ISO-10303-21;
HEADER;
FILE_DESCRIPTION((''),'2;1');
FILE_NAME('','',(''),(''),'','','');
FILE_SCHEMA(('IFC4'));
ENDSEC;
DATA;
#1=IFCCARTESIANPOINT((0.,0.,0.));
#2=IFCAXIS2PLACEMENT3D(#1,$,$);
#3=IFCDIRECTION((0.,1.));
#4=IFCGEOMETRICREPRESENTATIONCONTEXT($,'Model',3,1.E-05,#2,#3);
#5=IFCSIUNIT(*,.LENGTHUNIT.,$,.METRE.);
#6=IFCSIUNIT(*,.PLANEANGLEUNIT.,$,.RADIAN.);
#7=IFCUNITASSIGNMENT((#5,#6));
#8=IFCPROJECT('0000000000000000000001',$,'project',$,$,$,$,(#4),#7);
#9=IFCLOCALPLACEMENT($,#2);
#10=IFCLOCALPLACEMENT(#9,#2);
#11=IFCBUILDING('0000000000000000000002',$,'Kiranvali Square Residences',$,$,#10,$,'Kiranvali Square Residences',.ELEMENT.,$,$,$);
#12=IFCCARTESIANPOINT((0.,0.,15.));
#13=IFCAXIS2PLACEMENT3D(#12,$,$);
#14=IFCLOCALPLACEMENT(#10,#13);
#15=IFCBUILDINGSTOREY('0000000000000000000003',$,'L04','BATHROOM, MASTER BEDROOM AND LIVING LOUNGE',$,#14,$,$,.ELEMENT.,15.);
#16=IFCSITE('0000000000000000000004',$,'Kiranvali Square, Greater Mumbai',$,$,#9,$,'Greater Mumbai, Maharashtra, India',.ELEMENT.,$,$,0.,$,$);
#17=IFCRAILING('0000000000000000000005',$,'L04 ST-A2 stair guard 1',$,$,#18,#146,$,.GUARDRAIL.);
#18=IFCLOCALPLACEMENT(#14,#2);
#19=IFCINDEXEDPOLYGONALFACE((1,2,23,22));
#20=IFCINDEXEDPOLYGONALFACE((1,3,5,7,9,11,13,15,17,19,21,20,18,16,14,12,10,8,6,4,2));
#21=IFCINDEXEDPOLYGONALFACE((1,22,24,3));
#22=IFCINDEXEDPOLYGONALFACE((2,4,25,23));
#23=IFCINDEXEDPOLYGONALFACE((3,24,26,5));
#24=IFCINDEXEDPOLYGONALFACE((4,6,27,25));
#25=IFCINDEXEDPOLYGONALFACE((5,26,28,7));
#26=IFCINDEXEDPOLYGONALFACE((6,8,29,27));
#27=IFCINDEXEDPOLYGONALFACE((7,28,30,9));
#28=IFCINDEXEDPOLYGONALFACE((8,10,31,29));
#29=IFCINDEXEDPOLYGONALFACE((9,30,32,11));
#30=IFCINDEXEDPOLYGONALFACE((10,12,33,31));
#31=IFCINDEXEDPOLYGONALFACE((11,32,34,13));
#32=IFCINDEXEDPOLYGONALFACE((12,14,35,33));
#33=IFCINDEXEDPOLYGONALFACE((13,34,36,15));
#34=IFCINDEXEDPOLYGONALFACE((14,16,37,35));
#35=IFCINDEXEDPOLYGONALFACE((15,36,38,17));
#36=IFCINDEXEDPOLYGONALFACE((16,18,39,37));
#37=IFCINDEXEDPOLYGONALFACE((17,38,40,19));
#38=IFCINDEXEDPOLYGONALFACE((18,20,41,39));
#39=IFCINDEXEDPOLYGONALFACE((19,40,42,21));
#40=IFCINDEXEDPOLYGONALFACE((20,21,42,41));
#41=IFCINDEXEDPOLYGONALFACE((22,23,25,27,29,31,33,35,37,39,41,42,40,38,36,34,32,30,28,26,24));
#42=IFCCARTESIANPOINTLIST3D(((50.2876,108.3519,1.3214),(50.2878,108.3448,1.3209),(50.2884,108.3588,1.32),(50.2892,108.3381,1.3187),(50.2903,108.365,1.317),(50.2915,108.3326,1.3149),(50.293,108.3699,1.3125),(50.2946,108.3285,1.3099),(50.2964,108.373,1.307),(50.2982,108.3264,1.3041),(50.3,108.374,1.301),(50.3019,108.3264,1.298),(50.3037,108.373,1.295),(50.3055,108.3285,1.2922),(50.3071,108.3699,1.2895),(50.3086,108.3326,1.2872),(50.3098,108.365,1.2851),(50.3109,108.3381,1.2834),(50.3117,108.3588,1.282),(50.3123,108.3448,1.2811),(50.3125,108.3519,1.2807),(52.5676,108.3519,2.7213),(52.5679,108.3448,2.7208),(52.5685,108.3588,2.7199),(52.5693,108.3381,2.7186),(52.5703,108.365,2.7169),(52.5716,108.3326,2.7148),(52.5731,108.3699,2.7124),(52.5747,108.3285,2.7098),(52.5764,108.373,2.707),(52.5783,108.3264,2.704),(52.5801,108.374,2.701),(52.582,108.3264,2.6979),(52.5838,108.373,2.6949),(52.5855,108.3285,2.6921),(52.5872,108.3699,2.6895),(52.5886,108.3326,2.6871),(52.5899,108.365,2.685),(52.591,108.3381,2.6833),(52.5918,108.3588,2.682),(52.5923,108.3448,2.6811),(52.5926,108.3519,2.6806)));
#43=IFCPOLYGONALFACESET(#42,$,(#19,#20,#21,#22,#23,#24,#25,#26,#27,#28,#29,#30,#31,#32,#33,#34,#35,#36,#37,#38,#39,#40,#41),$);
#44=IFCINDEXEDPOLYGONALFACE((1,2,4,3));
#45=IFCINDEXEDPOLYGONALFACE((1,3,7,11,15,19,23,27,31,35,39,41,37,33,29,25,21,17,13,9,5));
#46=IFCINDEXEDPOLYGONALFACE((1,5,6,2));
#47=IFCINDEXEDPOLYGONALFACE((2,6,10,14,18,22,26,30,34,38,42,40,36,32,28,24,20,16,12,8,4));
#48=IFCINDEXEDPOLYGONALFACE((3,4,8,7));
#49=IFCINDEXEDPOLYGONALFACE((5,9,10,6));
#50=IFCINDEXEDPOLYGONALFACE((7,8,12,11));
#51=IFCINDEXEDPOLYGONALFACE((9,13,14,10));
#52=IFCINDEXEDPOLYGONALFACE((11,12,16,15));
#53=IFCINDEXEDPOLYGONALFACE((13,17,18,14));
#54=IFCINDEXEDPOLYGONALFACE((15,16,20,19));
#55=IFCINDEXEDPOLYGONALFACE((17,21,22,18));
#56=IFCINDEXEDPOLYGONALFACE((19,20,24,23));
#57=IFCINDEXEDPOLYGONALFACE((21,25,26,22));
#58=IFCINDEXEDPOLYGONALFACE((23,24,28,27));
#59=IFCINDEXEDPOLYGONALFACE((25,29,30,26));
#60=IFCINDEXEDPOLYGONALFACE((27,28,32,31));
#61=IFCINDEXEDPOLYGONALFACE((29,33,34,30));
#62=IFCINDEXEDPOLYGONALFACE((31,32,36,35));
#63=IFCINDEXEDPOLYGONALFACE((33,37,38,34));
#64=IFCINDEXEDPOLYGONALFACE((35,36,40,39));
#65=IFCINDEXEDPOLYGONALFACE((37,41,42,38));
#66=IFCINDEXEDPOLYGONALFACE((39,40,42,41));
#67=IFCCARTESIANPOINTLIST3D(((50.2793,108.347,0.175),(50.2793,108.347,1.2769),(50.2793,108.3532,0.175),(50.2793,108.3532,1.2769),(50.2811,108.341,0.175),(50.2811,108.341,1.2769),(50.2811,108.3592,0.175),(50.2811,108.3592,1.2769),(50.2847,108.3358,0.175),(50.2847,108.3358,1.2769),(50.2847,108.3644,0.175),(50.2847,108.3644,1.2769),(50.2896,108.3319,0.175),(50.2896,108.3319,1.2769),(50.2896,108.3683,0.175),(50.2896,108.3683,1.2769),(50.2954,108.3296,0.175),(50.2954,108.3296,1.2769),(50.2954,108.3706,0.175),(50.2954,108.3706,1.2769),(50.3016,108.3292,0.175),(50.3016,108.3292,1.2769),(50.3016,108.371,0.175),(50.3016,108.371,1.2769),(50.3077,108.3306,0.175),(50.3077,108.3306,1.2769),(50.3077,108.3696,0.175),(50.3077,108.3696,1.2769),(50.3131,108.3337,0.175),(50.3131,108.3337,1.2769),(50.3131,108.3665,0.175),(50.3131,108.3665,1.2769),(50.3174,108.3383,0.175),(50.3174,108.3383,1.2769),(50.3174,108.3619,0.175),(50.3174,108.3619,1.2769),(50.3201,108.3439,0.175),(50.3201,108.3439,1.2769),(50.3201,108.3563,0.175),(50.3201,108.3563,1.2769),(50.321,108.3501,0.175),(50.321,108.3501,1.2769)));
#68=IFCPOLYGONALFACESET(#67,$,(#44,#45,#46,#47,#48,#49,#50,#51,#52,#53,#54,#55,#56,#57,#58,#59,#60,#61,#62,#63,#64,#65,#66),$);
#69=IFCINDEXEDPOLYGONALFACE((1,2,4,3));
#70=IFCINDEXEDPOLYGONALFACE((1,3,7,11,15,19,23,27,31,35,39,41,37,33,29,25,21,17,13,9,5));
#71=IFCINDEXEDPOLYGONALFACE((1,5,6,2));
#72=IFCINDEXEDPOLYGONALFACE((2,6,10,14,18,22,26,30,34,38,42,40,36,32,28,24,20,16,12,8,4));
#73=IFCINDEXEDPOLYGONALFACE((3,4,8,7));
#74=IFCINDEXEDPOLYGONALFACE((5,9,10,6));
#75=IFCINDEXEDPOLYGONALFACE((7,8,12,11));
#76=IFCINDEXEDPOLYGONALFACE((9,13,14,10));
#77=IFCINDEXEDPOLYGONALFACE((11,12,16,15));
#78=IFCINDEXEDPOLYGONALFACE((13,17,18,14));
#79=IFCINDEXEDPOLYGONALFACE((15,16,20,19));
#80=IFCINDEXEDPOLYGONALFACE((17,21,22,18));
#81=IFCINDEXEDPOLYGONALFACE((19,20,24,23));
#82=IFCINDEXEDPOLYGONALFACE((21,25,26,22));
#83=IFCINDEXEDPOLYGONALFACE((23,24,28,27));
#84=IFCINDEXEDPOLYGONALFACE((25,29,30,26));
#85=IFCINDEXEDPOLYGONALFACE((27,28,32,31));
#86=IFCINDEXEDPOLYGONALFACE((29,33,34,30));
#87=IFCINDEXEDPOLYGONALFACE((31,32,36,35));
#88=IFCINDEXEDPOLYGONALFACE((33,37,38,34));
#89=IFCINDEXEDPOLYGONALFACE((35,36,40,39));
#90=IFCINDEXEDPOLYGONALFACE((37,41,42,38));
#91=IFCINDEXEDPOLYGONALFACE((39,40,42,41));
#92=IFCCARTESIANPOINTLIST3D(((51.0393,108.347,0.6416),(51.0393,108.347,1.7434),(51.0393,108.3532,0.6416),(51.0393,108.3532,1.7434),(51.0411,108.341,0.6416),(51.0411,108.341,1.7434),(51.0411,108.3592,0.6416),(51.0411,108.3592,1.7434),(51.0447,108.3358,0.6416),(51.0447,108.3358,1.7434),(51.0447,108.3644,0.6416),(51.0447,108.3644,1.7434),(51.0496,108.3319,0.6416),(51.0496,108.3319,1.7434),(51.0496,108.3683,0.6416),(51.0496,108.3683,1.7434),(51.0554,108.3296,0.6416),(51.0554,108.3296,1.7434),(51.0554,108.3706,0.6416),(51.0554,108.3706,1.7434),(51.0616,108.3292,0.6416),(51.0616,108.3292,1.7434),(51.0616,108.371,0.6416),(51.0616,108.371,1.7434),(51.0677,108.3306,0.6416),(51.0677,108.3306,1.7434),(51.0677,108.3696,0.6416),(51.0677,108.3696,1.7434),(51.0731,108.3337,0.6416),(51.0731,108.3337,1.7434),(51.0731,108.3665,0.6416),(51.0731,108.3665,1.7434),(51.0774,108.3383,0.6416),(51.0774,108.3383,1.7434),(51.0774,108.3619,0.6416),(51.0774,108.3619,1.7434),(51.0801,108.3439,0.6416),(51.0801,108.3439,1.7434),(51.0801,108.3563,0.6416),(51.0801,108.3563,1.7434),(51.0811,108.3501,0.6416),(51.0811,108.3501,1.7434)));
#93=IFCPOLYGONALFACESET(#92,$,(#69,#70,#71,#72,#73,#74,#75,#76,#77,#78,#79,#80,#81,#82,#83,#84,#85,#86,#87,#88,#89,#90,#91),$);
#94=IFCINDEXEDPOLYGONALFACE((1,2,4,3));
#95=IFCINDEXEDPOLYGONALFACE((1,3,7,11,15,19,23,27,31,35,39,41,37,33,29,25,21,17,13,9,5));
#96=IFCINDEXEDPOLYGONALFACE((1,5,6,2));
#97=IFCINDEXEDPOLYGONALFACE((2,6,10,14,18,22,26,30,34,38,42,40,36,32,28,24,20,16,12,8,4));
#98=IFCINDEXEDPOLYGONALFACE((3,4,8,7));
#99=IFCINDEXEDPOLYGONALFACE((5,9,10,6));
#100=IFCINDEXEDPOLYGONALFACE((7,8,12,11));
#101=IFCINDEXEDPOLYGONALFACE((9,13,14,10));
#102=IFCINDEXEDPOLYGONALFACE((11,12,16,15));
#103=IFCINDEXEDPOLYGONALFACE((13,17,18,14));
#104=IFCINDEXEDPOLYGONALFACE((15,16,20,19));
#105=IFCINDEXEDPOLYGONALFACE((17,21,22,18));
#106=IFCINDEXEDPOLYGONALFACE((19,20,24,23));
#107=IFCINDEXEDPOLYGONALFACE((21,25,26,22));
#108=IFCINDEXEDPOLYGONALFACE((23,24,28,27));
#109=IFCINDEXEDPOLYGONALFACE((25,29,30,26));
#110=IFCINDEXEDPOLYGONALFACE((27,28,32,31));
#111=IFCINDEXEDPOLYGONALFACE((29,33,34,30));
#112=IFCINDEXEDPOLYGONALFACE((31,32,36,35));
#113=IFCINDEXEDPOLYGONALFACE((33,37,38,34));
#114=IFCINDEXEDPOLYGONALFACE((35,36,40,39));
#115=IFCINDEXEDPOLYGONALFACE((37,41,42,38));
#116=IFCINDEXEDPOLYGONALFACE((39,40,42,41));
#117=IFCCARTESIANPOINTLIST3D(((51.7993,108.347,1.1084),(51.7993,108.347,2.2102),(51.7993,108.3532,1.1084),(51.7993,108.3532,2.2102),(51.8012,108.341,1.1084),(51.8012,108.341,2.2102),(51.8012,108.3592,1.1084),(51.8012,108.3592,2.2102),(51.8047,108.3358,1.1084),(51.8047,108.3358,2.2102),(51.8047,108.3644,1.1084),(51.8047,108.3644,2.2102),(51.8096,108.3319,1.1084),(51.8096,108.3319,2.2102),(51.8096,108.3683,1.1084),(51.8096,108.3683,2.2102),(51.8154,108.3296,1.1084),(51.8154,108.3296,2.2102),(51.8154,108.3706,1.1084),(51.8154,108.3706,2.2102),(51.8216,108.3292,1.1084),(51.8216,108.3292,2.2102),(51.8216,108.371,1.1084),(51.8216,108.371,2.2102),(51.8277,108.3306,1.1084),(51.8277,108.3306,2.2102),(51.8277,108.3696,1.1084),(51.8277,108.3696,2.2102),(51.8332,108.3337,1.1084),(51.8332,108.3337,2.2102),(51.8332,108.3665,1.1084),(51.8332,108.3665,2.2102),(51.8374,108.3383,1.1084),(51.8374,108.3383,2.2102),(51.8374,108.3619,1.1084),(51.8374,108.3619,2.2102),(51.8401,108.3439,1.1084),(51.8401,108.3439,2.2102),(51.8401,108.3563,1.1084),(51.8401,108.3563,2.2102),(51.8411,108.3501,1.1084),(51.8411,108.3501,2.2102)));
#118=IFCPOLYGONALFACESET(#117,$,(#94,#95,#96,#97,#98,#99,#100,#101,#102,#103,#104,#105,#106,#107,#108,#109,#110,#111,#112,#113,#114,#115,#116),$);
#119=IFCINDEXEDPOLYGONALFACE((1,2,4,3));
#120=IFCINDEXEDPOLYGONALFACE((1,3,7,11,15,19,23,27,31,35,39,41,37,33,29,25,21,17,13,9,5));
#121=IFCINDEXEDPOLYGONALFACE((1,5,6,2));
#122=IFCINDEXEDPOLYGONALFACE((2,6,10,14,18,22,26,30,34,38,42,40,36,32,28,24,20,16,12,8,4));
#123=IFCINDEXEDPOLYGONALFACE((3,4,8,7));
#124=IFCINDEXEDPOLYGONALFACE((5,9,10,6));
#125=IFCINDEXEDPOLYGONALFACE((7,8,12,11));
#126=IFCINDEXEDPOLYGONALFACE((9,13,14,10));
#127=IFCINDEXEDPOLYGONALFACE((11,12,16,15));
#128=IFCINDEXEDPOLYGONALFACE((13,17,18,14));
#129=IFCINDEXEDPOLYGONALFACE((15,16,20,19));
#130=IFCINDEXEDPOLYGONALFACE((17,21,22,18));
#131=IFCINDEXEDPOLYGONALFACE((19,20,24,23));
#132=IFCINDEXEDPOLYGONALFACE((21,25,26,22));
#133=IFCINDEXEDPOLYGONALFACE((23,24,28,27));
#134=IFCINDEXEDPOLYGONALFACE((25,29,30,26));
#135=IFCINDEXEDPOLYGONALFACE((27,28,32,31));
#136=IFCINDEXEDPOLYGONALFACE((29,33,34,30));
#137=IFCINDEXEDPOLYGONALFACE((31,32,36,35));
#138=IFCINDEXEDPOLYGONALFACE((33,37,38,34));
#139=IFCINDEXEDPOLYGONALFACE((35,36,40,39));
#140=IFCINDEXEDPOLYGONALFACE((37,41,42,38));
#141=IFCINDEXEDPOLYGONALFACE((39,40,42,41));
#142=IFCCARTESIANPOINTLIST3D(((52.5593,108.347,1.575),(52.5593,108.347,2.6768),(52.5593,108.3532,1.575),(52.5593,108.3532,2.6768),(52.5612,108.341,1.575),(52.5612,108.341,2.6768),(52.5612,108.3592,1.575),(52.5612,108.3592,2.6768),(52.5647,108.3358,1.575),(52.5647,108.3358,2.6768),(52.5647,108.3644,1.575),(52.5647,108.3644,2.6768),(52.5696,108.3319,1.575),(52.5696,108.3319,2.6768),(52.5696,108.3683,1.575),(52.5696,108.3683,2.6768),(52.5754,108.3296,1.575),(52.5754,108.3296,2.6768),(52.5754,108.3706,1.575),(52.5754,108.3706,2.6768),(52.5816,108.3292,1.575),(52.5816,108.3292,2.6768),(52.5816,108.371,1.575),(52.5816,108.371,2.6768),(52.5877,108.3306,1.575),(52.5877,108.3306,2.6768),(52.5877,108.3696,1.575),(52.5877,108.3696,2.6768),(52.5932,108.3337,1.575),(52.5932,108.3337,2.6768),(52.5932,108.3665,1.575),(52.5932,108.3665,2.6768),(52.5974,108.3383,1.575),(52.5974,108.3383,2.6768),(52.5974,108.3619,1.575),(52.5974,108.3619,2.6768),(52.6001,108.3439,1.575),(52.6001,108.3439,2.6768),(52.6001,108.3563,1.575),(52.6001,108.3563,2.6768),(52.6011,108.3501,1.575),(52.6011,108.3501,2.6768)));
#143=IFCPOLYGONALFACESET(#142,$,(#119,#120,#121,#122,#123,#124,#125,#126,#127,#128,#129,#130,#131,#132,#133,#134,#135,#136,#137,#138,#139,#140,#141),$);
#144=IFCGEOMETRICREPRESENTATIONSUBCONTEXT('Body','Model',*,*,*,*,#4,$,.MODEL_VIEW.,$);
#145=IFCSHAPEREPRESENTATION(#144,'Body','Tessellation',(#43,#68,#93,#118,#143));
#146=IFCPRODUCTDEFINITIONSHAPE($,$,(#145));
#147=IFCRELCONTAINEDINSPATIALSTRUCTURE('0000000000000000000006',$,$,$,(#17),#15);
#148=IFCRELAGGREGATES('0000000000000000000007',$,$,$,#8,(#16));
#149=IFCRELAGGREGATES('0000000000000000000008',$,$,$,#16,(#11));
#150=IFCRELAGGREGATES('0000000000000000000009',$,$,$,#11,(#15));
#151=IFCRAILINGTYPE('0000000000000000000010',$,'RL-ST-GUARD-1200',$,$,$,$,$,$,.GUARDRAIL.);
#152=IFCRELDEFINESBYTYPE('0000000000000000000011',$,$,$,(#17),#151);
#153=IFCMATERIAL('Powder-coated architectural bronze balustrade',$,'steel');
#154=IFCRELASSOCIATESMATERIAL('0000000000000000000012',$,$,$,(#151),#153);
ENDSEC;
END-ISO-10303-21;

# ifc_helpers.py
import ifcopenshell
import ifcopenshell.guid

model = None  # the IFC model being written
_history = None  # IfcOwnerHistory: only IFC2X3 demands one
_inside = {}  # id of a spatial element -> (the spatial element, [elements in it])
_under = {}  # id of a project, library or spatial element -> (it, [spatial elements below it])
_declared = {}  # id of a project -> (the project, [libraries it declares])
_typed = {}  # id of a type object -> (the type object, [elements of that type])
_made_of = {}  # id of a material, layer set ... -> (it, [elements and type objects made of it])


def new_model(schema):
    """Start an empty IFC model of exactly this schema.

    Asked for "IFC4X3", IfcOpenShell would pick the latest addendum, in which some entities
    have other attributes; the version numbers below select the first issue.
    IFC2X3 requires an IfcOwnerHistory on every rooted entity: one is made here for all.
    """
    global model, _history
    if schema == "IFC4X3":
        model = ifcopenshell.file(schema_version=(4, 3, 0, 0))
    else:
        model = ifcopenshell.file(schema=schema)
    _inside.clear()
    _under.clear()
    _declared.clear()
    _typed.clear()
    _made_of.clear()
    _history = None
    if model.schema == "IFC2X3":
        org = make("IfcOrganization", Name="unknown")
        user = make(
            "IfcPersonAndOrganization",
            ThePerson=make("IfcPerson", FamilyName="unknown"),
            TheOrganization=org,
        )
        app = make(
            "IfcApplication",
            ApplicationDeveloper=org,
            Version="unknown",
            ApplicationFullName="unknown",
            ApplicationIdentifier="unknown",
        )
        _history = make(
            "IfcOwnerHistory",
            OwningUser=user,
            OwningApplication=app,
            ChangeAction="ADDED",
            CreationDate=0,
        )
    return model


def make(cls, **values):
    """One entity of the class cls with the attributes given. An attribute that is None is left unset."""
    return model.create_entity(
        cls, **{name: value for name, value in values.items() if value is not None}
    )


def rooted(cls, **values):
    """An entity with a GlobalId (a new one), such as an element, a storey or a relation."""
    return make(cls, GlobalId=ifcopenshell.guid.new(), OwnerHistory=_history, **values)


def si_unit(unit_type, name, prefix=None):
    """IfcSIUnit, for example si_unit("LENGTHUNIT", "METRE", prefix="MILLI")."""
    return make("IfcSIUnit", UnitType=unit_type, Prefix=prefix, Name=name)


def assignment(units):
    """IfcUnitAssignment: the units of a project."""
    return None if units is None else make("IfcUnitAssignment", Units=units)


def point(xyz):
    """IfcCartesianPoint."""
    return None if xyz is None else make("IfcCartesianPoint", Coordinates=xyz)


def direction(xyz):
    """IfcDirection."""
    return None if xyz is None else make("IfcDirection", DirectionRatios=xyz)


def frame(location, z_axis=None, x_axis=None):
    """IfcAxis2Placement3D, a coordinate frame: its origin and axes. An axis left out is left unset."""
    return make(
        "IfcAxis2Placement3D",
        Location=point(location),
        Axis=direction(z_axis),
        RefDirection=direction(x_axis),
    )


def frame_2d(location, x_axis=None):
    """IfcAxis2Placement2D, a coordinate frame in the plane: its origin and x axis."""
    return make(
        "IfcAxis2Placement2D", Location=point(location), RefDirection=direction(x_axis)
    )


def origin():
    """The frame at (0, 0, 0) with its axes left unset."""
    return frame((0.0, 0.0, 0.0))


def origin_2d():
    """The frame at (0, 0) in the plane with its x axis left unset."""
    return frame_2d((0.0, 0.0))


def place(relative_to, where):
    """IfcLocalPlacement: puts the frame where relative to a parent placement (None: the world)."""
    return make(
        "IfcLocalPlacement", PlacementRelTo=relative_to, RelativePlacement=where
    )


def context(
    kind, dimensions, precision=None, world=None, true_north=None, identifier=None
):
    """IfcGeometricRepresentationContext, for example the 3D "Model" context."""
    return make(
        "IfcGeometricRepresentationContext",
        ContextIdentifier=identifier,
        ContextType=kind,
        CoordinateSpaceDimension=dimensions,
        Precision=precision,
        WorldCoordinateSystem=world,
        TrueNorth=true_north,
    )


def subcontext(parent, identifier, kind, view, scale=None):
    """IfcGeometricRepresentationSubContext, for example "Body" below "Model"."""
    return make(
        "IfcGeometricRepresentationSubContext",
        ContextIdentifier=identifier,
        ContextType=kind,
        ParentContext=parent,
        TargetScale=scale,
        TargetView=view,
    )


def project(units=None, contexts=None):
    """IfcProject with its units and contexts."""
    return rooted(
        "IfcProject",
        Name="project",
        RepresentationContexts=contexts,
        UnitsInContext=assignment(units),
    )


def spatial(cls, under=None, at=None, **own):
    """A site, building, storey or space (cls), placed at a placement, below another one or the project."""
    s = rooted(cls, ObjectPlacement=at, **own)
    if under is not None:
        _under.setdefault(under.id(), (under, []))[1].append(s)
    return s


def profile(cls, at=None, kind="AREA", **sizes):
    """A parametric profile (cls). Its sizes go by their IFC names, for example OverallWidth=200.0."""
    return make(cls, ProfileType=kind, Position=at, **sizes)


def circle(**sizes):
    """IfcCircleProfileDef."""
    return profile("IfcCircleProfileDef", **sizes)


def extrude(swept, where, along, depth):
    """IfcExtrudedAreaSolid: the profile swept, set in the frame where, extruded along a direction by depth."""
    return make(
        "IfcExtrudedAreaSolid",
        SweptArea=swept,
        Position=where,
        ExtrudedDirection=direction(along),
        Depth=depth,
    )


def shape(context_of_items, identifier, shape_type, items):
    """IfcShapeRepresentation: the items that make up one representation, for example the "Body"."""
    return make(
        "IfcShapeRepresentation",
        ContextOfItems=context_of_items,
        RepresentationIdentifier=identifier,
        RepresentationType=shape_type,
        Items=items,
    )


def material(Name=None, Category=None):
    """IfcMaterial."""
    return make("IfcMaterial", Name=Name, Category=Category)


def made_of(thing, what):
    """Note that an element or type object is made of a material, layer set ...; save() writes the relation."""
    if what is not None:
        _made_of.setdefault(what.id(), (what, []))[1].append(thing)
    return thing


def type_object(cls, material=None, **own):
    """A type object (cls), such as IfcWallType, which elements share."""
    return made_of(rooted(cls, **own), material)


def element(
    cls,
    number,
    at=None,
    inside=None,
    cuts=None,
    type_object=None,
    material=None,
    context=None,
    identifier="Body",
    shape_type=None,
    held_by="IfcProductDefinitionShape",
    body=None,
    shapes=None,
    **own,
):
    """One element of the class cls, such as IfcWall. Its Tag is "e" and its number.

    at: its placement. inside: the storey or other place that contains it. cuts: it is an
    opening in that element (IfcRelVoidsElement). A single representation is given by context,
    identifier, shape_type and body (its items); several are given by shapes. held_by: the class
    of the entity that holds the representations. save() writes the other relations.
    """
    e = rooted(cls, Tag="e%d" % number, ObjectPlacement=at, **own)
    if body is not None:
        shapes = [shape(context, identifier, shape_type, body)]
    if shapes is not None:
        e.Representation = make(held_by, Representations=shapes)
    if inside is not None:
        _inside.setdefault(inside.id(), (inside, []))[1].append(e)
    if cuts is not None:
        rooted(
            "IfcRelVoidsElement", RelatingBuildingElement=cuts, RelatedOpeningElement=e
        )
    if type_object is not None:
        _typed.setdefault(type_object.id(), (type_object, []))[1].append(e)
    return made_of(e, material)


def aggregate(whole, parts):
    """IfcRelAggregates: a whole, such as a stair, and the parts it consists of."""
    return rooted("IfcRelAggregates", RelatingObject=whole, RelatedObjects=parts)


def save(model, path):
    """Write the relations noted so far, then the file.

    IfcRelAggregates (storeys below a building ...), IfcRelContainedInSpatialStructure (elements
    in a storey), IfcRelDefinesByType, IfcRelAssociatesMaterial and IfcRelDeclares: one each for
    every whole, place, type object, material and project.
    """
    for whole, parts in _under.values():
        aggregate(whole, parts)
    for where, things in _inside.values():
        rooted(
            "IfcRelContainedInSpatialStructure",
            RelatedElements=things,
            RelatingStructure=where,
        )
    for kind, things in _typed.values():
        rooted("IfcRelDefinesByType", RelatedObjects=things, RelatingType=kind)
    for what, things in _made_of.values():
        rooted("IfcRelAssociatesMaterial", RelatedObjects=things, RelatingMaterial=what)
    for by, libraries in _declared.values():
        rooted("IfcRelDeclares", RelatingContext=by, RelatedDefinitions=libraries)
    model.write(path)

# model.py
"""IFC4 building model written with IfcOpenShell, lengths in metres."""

from ifc_helpers import new_model, si_unit, direction, frame, origin, origin_2d, place, context, subcontext, project, spatial, circle, extrude, material, type_object, element, save


model = new_model("IFC4")

# Units and contexts
model_context = context("Model", 3, precision=1e-05, world=origin(), true_north=direction((0.0, 1.0)))
body_context = subcontext(model_context, "Body", "Model", "MODEL_VIEW")
ifc_project = project(units=[si_unit("LENGTHUNIT", "METRE"), si_unit("PLANEANGLEUNIT", "RADIAN")], contexts=[model_context])

# Site, building, storey
site_placement = place(None, origin())
site = spatial("IfcSite", under=ifc_project, at=site_placement, Name="Kiranvali Square, Greater Mumbai", LongName="Greater Mumbai, Maharashtra, India", CompositionType="ELEMENT", RefElevation=0.0)
building_placement = place(site_placement, origin())
building = spatial("IfcBuilding", under=site, at=building_placement, Name="Kiranvali Square Residences", LongName="Kiranvali Square Residences", CompositionType="ELEMENT")
storey_placement = place(building_placement, frame((0.0, 0.0, 15.0)))
storey = spatial("IfcBuildingStorey", under=building, at=storey_placement, Name="L04", Description="BATHROOM, MASTER BEDROOM AND LIVING LOUNGE", CompositionType="ELEMENT", Elevation=15.0)

# Railing
ifc_material_1 = material(Name="Powder-coated architectural bronze balustrade", Category="steel")
railing_type_1 = type_object("IfcRailingType", Name="RL-ST-GUARD-1200", PredefinedType="GUARDRAIL", material=ifc_material_1)
railing_1_placement = place(storey_placement, frame((50.3, 108.3501, 0.175)))
element("IfcRailing", 1, at=railing_1_placement, inside=storey, type_object=railing_type_1, Name="L04 ST-A2 stair guard 1", PredefinedType="GUARDRAIL", context=body_context, shape_type="SweptSolid", body=[
    extrude(circle(Radius=0.0239, at=origin_2d()), frame((0.0, 0.0, 1.126), z_axis=(0.85219, 0.0, 0.523232), x_axis=(0.0, 1.0, 0.0)), (0.0, 0.0, 1.0), 2.6755),
    extrude(circle(Radius=0.021, at=origin_2d()), origin(), (0.0, 0.0, 1.0), 1.1018),
    extrude(circle(Radius=0.021, at=origin_2d()), frame((0.76, 0.0, 0.4666)), (0.0, 0.0, 1.0), 1.1018),
    extrude(circle(Radius=0.021, at=origin_2d()), frame((1.52, 0.0, 0.9333)), (0.0, 0.0, 1.0), 1.1018),
    extrude(circle(Radius=0.021, at=origin_2d()), frame((2.28, 0.0, 1.3999)), (0.0, 0.0, 1.0), 1.1018),
])

save(model, "model.ifc")
